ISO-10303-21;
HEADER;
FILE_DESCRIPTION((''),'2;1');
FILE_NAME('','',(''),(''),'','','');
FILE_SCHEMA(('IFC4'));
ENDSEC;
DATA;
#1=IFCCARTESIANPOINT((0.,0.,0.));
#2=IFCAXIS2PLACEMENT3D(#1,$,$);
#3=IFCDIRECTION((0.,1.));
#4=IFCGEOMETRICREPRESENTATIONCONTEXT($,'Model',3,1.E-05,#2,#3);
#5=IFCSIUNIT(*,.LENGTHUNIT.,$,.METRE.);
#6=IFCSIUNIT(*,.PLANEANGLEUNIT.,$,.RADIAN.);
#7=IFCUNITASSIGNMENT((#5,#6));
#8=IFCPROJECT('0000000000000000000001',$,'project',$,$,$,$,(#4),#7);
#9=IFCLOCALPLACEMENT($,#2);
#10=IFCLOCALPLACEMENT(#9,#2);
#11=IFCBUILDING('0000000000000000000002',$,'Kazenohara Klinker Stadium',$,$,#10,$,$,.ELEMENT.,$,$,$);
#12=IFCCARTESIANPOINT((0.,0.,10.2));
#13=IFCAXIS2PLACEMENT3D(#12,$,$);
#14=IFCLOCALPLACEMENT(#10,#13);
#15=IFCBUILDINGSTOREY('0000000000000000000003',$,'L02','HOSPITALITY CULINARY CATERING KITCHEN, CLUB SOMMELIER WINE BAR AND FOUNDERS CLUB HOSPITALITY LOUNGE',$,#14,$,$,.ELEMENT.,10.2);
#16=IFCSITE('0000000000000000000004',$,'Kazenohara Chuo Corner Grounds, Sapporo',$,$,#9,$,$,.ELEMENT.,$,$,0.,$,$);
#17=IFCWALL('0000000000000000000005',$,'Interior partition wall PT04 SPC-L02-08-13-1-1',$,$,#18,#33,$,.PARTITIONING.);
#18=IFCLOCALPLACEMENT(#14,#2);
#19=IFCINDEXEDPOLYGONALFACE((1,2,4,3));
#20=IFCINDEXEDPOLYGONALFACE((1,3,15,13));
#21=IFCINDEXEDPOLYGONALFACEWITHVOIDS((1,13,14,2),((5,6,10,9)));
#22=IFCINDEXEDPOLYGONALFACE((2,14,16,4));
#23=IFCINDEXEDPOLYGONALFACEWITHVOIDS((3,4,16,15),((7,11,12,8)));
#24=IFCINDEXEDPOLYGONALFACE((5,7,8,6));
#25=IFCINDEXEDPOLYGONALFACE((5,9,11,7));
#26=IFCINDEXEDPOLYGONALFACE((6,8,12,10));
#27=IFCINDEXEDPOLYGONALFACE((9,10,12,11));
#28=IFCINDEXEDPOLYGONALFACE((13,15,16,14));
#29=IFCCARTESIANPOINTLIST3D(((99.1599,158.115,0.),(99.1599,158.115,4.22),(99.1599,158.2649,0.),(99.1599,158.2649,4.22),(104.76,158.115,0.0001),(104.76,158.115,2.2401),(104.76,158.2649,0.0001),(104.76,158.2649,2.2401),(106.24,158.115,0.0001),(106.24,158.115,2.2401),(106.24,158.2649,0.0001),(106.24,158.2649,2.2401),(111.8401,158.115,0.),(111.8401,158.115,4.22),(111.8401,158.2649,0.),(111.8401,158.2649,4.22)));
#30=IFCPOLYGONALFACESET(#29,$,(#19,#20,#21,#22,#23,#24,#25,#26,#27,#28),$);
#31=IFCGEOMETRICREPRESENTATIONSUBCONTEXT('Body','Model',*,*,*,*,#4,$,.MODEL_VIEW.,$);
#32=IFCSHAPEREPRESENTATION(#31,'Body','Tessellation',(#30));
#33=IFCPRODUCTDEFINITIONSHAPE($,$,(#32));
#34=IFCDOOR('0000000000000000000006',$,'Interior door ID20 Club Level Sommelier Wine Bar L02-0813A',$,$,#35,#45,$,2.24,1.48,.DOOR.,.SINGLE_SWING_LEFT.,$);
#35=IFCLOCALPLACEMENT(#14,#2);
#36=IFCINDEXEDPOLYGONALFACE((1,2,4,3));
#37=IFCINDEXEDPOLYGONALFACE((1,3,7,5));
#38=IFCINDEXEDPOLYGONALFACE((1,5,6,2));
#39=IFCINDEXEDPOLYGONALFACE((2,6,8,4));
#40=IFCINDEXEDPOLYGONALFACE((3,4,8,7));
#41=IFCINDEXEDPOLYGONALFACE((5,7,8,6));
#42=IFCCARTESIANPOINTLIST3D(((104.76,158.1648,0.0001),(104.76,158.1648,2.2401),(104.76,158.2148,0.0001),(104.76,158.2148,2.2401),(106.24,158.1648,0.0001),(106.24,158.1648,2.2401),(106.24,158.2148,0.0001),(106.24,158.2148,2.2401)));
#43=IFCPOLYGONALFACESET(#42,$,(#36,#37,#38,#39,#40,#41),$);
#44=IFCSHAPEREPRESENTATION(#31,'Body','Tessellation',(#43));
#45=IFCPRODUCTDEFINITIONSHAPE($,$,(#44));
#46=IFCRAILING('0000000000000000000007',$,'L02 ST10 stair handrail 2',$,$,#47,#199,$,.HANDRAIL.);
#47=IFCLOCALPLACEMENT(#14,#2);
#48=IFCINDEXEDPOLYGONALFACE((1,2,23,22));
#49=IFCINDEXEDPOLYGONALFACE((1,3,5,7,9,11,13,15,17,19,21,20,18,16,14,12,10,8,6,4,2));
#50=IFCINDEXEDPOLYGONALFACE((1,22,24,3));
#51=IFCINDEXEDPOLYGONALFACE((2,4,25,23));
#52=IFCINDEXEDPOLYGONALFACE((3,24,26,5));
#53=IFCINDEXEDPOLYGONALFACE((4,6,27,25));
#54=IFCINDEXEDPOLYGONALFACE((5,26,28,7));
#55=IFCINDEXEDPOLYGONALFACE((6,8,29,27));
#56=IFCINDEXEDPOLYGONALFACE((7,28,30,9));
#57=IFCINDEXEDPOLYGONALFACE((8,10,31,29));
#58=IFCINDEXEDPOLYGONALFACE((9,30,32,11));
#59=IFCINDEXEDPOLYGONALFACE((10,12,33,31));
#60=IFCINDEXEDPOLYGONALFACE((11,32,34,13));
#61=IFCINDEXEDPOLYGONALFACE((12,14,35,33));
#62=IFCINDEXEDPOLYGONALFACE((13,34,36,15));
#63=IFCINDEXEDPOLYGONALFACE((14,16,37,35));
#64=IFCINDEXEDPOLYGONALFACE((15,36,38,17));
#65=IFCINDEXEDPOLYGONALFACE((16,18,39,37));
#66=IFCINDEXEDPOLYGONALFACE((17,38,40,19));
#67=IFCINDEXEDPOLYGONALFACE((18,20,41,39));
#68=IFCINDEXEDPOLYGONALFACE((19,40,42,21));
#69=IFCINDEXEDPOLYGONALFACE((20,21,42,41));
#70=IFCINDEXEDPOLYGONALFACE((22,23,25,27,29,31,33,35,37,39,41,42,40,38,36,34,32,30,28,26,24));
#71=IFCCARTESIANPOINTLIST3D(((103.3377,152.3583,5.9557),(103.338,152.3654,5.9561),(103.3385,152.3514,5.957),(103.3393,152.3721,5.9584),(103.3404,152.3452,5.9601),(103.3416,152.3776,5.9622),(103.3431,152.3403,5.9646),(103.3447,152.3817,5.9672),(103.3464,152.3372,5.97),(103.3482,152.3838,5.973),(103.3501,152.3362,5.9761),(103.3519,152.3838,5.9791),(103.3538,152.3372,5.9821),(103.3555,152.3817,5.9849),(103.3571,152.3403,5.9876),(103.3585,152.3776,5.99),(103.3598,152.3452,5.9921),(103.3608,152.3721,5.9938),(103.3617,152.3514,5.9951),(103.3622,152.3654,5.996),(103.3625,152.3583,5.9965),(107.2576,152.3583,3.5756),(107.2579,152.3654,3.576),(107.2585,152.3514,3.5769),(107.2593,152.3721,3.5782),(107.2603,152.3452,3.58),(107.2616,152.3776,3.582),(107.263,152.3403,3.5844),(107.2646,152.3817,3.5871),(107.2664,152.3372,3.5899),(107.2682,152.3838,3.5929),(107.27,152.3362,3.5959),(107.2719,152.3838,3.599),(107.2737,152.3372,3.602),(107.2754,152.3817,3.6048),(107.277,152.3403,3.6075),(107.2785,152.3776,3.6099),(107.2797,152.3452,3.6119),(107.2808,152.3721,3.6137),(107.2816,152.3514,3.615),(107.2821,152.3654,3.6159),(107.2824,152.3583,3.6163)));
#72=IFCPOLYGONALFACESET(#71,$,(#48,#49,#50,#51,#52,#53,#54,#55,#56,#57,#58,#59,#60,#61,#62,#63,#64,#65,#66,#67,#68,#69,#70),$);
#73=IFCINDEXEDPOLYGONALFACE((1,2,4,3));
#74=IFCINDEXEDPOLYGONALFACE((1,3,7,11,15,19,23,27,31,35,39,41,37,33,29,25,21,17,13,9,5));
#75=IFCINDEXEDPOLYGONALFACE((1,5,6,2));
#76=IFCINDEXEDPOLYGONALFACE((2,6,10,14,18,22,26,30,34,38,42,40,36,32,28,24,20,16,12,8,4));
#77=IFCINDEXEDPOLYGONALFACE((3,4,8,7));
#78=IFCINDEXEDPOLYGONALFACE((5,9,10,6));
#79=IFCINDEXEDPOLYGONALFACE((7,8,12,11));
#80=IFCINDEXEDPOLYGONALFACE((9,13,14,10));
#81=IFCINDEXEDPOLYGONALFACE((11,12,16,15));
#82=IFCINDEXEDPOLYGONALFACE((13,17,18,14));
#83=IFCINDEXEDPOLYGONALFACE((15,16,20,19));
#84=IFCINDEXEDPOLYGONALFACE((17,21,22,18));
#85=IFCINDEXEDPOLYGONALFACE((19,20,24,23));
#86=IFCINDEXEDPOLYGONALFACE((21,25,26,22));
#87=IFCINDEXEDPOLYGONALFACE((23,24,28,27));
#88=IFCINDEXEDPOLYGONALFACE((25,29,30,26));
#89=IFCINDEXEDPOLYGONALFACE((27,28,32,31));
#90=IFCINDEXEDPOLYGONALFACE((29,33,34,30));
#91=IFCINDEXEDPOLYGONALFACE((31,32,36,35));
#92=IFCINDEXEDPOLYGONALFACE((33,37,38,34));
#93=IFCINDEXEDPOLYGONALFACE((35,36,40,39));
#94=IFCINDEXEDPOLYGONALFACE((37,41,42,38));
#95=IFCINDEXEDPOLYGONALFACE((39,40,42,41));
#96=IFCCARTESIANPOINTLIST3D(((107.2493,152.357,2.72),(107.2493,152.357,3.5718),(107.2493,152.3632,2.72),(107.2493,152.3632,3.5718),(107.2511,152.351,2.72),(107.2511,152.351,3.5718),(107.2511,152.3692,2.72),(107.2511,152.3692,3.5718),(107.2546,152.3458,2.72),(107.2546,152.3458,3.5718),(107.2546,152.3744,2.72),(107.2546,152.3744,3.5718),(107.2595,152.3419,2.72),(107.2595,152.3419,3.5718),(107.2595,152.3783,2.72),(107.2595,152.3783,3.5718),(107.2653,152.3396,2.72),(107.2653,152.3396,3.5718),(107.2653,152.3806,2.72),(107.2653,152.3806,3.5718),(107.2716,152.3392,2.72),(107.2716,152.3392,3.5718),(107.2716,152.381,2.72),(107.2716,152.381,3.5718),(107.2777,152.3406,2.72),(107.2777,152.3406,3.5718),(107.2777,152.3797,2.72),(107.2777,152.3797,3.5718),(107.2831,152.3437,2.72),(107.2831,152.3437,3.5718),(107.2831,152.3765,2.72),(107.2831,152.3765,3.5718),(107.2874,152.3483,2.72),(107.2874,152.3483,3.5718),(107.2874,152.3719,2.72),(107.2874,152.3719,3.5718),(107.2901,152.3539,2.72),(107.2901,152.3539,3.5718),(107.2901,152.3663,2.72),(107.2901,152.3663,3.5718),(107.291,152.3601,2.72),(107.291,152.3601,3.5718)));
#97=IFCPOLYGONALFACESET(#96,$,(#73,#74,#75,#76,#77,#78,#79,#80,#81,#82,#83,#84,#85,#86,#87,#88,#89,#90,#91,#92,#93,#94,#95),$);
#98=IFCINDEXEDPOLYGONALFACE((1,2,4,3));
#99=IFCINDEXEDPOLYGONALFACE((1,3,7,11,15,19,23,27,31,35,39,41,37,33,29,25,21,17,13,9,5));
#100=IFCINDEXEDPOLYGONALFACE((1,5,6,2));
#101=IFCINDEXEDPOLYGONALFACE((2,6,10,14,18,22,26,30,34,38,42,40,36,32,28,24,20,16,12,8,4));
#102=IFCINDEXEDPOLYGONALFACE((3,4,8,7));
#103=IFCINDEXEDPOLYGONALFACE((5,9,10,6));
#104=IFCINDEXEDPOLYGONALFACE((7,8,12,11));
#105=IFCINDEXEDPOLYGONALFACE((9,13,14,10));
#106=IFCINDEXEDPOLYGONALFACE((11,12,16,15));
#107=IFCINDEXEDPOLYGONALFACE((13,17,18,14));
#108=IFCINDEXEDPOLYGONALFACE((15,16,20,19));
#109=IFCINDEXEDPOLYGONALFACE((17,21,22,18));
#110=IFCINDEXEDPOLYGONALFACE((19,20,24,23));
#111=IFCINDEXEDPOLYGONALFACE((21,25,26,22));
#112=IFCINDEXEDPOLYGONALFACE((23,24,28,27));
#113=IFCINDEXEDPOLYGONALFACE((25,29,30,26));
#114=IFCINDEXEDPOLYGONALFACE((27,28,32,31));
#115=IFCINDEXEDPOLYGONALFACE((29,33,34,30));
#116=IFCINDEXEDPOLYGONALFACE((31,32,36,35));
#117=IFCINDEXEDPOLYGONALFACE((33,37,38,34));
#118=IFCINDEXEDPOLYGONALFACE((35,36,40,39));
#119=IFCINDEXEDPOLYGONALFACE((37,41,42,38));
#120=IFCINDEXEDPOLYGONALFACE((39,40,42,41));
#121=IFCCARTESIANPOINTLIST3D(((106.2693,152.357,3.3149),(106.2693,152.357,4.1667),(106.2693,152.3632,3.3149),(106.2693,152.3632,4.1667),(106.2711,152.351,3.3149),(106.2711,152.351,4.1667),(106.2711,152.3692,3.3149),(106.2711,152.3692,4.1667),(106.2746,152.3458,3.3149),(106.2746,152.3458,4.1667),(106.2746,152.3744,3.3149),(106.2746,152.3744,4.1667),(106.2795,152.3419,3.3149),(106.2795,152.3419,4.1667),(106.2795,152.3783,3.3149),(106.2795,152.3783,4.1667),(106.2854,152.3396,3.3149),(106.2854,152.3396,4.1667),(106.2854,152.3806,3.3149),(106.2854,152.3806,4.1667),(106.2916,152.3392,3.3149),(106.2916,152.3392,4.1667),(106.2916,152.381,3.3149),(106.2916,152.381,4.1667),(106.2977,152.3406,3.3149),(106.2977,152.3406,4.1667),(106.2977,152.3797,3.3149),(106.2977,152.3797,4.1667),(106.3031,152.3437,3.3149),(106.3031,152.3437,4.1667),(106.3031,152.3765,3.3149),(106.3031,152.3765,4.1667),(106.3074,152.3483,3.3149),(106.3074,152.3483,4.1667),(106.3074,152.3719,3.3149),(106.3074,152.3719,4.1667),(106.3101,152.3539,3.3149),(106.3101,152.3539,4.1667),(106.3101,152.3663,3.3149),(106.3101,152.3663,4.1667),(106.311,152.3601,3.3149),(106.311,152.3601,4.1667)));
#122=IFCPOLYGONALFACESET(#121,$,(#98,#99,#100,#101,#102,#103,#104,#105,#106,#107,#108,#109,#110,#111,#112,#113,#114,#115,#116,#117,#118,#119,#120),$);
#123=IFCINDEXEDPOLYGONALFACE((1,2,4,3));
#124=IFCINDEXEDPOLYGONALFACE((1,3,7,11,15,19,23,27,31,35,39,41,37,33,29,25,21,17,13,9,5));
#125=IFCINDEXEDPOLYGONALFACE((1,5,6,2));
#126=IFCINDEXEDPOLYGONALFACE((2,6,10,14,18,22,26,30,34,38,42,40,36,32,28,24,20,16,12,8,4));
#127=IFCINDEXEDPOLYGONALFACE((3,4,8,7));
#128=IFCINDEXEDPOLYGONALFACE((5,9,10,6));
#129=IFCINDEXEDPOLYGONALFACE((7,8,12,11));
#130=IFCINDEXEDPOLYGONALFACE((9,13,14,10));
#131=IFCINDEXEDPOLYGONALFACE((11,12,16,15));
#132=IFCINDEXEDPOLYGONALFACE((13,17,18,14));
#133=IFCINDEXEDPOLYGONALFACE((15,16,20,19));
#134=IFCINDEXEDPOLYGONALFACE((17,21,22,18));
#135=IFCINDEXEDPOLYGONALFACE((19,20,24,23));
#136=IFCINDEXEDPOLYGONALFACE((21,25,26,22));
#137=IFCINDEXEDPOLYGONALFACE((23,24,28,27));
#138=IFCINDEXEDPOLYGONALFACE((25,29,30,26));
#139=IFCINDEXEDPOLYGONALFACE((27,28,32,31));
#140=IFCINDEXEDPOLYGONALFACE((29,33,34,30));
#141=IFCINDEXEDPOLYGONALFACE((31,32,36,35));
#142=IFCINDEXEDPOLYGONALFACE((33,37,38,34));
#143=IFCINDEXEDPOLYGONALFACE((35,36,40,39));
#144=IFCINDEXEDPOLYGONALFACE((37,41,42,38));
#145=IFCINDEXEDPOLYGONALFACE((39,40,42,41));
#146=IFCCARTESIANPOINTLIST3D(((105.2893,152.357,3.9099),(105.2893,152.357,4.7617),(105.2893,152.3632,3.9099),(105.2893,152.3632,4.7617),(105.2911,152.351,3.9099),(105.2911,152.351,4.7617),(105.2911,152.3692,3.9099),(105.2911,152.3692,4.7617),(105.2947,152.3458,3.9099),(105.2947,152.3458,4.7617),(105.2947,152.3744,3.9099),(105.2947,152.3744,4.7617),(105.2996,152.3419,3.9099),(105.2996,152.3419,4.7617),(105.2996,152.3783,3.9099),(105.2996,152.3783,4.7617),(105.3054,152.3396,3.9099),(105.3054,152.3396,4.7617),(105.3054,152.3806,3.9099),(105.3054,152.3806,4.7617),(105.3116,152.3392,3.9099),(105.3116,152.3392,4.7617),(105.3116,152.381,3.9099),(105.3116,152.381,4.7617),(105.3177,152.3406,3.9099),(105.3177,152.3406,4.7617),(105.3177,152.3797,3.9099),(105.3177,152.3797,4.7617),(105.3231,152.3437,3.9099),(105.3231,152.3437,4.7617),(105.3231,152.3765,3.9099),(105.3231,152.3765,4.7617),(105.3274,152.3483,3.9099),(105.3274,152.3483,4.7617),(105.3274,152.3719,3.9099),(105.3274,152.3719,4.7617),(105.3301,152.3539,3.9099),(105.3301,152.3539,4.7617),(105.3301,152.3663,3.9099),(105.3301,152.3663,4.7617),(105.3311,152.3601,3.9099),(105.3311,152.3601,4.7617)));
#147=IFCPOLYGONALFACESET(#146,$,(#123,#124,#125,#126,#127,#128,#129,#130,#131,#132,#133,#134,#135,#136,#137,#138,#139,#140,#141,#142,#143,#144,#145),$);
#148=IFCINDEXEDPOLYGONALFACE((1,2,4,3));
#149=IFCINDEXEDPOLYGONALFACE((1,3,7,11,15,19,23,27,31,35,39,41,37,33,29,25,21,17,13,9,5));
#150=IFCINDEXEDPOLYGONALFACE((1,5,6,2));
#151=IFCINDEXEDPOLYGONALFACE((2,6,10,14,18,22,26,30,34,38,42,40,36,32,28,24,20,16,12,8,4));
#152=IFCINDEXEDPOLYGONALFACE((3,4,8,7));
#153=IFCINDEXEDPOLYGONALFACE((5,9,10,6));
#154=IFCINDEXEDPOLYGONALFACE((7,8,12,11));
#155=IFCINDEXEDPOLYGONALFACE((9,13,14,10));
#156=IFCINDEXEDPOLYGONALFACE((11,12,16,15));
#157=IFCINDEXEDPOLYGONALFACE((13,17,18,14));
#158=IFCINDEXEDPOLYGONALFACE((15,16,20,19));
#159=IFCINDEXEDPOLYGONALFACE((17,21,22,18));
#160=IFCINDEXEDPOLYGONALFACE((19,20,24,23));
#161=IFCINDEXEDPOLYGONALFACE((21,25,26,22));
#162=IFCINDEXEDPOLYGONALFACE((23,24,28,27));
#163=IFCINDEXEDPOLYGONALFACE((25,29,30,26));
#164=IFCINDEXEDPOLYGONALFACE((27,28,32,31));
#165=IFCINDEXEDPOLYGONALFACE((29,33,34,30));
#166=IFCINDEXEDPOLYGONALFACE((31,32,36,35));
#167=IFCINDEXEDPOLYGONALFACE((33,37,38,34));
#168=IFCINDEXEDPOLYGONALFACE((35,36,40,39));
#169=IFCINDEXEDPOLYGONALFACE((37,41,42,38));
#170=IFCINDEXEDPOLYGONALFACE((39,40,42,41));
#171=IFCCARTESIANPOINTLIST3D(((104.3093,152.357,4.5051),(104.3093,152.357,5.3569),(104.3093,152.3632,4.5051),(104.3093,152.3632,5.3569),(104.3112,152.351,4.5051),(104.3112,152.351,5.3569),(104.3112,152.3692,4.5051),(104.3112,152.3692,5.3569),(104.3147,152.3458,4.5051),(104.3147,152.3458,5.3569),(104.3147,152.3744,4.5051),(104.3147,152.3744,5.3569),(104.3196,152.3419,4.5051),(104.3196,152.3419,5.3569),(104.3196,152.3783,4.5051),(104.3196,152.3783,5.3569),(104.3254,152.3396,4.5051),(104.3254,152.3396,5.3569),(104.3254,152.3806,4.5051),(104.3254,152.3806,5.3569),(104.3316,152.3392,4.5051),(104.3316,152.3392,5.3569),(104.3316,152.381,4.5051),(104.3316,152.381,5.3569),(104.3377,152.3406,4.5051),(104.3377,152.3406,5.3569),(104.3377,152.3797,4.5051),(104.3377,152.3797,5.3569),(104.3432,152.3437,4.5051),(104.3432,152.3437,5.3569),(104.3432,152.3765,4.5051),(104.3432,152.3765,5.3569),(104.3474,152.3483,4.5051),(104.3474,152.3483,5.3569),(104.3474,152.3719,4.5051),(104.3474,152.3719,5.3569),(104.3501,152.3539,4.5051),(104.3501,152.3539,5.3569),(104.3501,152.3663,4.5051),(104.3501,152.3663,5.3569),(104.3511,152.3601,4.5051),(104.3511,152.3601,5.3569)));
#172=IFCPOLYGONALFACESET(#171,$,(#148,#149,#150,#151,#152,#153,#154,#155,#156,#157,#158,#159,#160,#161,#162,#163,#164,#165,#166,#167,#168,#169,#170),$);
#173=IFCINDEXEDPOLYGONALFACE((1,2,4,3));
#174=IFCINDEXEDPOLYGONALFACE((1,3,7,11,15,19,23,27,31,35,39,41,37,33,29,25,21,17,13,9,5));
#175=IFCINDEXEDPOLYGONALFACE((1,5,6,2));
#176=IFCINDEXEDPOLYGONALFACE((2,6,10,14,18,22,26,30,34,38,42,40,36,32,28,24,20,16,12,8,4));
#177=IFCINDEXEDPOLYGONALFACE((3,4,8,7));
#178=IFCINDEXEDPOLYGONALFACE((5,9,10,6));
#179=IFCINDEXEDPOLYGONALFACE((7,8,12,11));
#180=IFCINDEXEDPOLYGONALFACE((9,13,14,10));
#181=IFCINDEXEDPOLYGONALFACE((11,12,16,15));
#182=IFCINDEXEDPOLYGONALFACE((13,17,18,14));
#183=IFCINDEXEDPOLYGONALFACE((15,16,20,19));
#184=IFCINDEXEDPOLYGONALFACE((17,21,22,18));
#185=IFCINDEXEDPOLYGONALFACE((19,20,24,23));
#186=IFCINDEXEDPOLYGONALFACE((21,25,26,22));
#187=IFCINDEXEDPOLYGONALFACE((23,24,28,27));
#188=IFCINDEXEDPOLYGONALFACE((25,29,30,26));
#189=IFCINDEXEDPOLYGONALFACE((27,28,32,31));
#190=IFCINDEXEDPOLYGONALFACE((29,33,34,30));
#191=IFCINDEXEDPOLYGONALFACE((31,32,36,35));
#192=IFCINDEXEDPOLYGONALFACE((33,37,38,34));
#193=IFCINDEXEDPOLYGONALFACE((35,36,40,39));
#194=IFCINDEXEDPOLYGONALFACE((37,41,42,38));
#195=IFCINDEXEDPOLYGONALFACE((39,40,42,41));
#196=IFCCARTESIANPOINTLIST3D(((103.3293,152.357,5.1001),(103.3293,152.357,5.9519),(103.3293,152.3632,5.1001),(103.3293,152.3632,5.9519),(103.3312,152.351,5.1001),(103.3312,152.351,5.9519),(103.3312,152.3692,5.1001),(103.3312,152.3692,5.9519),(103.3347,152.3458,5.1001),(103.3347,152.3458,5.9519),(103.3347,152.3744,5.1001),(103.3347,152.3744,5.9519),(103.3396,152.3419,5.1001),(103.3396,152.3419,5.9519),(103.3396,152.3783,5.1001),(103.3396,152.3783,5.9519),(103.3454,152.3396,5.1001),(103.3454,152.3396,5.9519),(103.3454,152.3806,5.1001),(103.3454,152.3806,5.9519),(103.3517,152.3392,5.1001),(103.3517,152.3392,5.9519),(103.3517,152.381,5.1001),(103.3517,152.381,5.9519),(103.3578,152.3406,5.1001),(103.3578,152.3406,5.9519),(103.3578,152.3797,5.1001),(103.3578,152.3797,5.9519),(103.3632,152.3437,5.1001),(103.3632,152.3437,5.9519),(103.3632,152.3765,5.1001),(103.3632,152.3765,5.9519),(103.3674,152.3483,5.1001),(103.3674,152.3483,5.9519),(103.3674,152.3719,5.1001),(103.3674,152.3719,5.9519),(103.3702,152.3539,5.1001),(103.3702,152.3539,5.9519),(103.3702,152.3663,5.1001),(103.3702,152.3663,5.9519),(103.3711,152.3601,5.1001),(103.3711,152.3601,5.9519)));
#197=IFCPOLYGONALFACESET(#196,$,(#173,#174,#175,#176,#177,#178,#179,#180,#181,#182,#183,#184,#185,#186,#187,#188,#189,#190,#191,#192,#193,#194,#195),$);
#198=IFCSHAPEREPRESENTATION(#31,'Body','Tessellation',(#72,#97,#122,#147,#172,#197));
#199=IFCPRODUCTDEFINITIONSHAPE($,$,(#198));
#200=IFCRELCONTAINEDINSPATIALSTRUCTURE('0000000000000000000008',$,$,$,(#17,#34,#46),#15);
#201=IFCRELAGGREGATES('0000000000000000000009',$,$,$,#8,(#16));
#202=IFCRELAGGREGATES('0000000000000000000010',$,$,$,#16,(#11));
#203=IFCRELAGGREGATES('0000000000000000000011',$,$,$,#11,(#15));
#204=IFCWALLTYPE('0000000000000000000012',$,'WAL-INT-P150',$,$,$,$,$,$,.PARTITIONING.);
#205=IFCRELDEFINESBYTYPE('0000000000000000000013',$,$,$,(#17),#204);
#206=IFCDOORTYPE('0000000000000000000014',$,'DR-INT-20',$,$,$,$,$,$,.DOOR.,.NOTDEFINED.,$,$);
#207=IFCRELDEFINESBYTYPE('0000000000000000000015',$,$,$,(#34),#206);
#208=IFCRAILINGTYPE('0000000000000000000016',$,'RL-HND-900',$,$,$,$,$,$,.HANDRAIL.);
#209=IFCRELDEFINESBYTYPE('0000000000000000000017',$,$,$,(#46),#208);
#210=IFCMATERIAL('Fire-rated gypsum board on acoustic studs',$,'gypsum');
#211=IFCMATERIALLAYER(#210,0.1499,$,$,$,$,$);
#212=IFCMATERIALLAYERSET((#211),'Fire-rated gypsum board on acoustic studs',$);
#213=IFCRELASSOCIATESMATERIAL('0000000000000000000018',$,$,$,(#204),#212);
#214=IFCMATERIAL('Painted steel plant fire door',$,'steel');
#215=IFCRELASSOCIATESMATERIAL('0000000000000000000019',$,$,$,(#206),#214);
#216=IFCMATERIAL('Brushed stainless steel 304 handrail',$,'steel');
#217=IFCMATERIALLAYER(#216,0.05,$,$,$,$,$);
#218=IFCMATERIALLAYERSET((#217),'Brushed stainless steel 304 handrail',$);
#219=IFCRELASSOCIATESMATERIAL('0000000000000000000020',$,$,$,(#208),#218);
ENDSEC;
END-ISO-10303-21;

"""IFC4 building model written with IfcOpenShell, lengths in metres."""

from ifc_helpers import new_model, si_unit, direction, frame, frame_2d, origin, origin_2d, place, context, subcontext, project, spatial, rectangle, circle, extrude, material, layer, layer_set, type_object, element, fill, save


model = new_model("IFC4")

# Units and contexts
model_context = context("Model", 3, precision=1e-05, world=origin(), true_north=direction((0.0, 1.0)))
body_context = subcontext(model_context, "Body", "Model", "MODEL_VIEW")
ifc_project = project(units=[si_unit("LENGTHUNIT", "METRE"), si_unit("PLANEANGLEUNIT", "RADIAN")], contexts=[model_context])

# Site, building, storey
site_placement = place(None, origin())
site = spatial("IfcSite", under=ifc_project, at=site_placement, Name="Kazenohara Chuo Corner Grounds, Sapporo", CompositionType="ELEMENT", RefElevation=0.0)
building_placement = place(site_placement, origin())
building = spatial("IfcBuilding", under=site, at=building_placement, Name="Kazenohara Klinker Stadium", CompositionType="ELEMENT")
storey_placement = place(building_placement, frame((0.0, 0.0, 10.2)))
storey = spatial("IfcBuildingStorey", under=building, at=storey_placement, Name="L02", Description="HOSPITALITY CULINARY CATERING KITCHEN, CLUB SOMMELIER WINE BAR AND FOUNDERS CLUB HOSPITALITY LOUNGE", CompositionType="ELEMENT", Elevation=10.2)

# Wall, opening, door
ifc_material_1 = material(Name="Fire-rated gypsum board on acoustic studs", Category="gypsum")
ifc_layer_1 = layer(ifc_material_1, 0.1499)
ifc_layer_set_1 = layer_set([ifc_layer_1], Name="Fire-rated gypsum board on acoustic studs")
wall_type_1 = type_object("IfcWallType", Name="WAL-INT-P150", PredefinedType="PARTITIONING", material=ifc_layer_set_1)
wall_1_placement = place(storey_placement, frame((99.1599, 158.1899, 0.0), z_axis=(0.0, 0.0, 1.0), x_axis=(1.0, 0.0, 0.0)))
wall_1 = element("IfcWall", 1, at=wall_1_placement, inside=storey, type_object=wall_type_1, Name="Interior partition wall PT04 SPC-L02-08-13-1-1", PredefinedType="PARTITIONING", context=body_context, shape_type="SweptSolid", body=[
    extrude(rectangle(XDim=12.6802, YDim=0.1499, at=frame_2d((6.3401, 0.0))), origin(), (0.0, 0.0, 1.0), 4.22),
])
opening_placement = place(wall_1_placement, frame((5.6001, 0.0, 0.0)))
opening = element("IfcOpeningElement", 2, at=opening_placement, cuts=wall_1, PredefinedType="OPENING", context=body_context, shape_type="SweptSolid", body=[
    extrude(rectangle(XDim=1.48, YDim=2.24, at=frame_2d((0.74, 1.1201))), frame((0.0, 0.085, 0.0), z_axis=(0.0, -1.0, 0.0), x_axis=(1.0, 0.0, 0.0)), (0.0, 0.0, 1.0), 0.1699),
])
ifc_material_2 = material(Name="Painted steel plant fire door", Category="steel")
door_type = type_object("IfcDoorType", Name="DR-INT-20", OperationType="NOTDEFINED", PredefinedType="DOOR", material=ifc_material_2)
door_placement = place(opening_placement, origin())
door = element("IfcDoor", 3, at=door_placement, inside=storey, type_object=door_type, Name="Interior door ID20 Club Level Sommelier Wine Bar L02-0813A", OperationType="SINGLE_SWING_LEFT", OverallHeight=2.24, OverallWidth=1.48, PredefinedType="DOOR", context=body_context, shape_type="SweptSolid", body=[
    extrude(rectangle(XDim=1.48, YDim=2.24, at=frame_2d((0.74, 1.1201))), frame((0.0, 0.0249, 0.0), z_axis=(0.0, -1.0, 0.0), x_axis=(1.0, 0.0, 0.0)), (0.0, 0.0, 1.0), 0.05),
])
fill(opening, door)

# Railing
ifc_material_3 = material(Name="Brushed stainless steel 304 handrail", Category="steel")
ifc_layer_2 = layer(ifc_material_3, 0.05)
ifc_layer_set_2 = layer_set([ifc_layer_2], Name="Brushed stainless steel 304 handrail")
railing_type = type_object("IfcRailingType", Name="RL-HND-900", PredefinedType="HANDRAIL", material=ifc_layer_set_2)
railing_placement = place(storey_placement, frame((107.27, 152.3601, 2.72)))
element("IfcRailing", 4, at=railing_placement, inside=storey, type_object=railing_type, Name="L02 ST10 stair handrail 2", PredefinedType="HANDRAIL", context=body_context, shape_type="SweptSolid", body=[
    extrude(circle(Radius=0.0239, at=origin_2d()), frame((0.0, 0.0, 0.876), z_axis=(-0.854771, 0.0, 0.519006), x_axis=(0.0, -1.0, 0.0)), (0.0, 0.0, 1.0), 4.5859),
    extrude(circle(Radius=0.021, at=origin_2d()), origin(), (0.0, 0.0, 1.0), 0.8518),
    extrude(circle(Radius=0.021, at=origin_2d()), frame((-0.98, 0.0, 0.595)), (0.0, 0.0, 1.0), 0.8518),
    extrude(circle(Radius=0.021, at=origin_2d()), frame((-1.96, 0.0, 1.1899)), (0.0, 0.0, 1.0), 0.8518),
    extrude(circle(Radius=0.021, at=origin_2d()), frame((-2.9399, 0.0, 1.7852)), (0.0, 0.0, 1.0), 0.8518),
    extrude(circle(Radius=0.021, at=origin_2d()), frame((-3.9199, 0.0, 2.3801)), (0.0, 0.0, 1.0), 0.8518),
])

save(model, "model.ifc")
